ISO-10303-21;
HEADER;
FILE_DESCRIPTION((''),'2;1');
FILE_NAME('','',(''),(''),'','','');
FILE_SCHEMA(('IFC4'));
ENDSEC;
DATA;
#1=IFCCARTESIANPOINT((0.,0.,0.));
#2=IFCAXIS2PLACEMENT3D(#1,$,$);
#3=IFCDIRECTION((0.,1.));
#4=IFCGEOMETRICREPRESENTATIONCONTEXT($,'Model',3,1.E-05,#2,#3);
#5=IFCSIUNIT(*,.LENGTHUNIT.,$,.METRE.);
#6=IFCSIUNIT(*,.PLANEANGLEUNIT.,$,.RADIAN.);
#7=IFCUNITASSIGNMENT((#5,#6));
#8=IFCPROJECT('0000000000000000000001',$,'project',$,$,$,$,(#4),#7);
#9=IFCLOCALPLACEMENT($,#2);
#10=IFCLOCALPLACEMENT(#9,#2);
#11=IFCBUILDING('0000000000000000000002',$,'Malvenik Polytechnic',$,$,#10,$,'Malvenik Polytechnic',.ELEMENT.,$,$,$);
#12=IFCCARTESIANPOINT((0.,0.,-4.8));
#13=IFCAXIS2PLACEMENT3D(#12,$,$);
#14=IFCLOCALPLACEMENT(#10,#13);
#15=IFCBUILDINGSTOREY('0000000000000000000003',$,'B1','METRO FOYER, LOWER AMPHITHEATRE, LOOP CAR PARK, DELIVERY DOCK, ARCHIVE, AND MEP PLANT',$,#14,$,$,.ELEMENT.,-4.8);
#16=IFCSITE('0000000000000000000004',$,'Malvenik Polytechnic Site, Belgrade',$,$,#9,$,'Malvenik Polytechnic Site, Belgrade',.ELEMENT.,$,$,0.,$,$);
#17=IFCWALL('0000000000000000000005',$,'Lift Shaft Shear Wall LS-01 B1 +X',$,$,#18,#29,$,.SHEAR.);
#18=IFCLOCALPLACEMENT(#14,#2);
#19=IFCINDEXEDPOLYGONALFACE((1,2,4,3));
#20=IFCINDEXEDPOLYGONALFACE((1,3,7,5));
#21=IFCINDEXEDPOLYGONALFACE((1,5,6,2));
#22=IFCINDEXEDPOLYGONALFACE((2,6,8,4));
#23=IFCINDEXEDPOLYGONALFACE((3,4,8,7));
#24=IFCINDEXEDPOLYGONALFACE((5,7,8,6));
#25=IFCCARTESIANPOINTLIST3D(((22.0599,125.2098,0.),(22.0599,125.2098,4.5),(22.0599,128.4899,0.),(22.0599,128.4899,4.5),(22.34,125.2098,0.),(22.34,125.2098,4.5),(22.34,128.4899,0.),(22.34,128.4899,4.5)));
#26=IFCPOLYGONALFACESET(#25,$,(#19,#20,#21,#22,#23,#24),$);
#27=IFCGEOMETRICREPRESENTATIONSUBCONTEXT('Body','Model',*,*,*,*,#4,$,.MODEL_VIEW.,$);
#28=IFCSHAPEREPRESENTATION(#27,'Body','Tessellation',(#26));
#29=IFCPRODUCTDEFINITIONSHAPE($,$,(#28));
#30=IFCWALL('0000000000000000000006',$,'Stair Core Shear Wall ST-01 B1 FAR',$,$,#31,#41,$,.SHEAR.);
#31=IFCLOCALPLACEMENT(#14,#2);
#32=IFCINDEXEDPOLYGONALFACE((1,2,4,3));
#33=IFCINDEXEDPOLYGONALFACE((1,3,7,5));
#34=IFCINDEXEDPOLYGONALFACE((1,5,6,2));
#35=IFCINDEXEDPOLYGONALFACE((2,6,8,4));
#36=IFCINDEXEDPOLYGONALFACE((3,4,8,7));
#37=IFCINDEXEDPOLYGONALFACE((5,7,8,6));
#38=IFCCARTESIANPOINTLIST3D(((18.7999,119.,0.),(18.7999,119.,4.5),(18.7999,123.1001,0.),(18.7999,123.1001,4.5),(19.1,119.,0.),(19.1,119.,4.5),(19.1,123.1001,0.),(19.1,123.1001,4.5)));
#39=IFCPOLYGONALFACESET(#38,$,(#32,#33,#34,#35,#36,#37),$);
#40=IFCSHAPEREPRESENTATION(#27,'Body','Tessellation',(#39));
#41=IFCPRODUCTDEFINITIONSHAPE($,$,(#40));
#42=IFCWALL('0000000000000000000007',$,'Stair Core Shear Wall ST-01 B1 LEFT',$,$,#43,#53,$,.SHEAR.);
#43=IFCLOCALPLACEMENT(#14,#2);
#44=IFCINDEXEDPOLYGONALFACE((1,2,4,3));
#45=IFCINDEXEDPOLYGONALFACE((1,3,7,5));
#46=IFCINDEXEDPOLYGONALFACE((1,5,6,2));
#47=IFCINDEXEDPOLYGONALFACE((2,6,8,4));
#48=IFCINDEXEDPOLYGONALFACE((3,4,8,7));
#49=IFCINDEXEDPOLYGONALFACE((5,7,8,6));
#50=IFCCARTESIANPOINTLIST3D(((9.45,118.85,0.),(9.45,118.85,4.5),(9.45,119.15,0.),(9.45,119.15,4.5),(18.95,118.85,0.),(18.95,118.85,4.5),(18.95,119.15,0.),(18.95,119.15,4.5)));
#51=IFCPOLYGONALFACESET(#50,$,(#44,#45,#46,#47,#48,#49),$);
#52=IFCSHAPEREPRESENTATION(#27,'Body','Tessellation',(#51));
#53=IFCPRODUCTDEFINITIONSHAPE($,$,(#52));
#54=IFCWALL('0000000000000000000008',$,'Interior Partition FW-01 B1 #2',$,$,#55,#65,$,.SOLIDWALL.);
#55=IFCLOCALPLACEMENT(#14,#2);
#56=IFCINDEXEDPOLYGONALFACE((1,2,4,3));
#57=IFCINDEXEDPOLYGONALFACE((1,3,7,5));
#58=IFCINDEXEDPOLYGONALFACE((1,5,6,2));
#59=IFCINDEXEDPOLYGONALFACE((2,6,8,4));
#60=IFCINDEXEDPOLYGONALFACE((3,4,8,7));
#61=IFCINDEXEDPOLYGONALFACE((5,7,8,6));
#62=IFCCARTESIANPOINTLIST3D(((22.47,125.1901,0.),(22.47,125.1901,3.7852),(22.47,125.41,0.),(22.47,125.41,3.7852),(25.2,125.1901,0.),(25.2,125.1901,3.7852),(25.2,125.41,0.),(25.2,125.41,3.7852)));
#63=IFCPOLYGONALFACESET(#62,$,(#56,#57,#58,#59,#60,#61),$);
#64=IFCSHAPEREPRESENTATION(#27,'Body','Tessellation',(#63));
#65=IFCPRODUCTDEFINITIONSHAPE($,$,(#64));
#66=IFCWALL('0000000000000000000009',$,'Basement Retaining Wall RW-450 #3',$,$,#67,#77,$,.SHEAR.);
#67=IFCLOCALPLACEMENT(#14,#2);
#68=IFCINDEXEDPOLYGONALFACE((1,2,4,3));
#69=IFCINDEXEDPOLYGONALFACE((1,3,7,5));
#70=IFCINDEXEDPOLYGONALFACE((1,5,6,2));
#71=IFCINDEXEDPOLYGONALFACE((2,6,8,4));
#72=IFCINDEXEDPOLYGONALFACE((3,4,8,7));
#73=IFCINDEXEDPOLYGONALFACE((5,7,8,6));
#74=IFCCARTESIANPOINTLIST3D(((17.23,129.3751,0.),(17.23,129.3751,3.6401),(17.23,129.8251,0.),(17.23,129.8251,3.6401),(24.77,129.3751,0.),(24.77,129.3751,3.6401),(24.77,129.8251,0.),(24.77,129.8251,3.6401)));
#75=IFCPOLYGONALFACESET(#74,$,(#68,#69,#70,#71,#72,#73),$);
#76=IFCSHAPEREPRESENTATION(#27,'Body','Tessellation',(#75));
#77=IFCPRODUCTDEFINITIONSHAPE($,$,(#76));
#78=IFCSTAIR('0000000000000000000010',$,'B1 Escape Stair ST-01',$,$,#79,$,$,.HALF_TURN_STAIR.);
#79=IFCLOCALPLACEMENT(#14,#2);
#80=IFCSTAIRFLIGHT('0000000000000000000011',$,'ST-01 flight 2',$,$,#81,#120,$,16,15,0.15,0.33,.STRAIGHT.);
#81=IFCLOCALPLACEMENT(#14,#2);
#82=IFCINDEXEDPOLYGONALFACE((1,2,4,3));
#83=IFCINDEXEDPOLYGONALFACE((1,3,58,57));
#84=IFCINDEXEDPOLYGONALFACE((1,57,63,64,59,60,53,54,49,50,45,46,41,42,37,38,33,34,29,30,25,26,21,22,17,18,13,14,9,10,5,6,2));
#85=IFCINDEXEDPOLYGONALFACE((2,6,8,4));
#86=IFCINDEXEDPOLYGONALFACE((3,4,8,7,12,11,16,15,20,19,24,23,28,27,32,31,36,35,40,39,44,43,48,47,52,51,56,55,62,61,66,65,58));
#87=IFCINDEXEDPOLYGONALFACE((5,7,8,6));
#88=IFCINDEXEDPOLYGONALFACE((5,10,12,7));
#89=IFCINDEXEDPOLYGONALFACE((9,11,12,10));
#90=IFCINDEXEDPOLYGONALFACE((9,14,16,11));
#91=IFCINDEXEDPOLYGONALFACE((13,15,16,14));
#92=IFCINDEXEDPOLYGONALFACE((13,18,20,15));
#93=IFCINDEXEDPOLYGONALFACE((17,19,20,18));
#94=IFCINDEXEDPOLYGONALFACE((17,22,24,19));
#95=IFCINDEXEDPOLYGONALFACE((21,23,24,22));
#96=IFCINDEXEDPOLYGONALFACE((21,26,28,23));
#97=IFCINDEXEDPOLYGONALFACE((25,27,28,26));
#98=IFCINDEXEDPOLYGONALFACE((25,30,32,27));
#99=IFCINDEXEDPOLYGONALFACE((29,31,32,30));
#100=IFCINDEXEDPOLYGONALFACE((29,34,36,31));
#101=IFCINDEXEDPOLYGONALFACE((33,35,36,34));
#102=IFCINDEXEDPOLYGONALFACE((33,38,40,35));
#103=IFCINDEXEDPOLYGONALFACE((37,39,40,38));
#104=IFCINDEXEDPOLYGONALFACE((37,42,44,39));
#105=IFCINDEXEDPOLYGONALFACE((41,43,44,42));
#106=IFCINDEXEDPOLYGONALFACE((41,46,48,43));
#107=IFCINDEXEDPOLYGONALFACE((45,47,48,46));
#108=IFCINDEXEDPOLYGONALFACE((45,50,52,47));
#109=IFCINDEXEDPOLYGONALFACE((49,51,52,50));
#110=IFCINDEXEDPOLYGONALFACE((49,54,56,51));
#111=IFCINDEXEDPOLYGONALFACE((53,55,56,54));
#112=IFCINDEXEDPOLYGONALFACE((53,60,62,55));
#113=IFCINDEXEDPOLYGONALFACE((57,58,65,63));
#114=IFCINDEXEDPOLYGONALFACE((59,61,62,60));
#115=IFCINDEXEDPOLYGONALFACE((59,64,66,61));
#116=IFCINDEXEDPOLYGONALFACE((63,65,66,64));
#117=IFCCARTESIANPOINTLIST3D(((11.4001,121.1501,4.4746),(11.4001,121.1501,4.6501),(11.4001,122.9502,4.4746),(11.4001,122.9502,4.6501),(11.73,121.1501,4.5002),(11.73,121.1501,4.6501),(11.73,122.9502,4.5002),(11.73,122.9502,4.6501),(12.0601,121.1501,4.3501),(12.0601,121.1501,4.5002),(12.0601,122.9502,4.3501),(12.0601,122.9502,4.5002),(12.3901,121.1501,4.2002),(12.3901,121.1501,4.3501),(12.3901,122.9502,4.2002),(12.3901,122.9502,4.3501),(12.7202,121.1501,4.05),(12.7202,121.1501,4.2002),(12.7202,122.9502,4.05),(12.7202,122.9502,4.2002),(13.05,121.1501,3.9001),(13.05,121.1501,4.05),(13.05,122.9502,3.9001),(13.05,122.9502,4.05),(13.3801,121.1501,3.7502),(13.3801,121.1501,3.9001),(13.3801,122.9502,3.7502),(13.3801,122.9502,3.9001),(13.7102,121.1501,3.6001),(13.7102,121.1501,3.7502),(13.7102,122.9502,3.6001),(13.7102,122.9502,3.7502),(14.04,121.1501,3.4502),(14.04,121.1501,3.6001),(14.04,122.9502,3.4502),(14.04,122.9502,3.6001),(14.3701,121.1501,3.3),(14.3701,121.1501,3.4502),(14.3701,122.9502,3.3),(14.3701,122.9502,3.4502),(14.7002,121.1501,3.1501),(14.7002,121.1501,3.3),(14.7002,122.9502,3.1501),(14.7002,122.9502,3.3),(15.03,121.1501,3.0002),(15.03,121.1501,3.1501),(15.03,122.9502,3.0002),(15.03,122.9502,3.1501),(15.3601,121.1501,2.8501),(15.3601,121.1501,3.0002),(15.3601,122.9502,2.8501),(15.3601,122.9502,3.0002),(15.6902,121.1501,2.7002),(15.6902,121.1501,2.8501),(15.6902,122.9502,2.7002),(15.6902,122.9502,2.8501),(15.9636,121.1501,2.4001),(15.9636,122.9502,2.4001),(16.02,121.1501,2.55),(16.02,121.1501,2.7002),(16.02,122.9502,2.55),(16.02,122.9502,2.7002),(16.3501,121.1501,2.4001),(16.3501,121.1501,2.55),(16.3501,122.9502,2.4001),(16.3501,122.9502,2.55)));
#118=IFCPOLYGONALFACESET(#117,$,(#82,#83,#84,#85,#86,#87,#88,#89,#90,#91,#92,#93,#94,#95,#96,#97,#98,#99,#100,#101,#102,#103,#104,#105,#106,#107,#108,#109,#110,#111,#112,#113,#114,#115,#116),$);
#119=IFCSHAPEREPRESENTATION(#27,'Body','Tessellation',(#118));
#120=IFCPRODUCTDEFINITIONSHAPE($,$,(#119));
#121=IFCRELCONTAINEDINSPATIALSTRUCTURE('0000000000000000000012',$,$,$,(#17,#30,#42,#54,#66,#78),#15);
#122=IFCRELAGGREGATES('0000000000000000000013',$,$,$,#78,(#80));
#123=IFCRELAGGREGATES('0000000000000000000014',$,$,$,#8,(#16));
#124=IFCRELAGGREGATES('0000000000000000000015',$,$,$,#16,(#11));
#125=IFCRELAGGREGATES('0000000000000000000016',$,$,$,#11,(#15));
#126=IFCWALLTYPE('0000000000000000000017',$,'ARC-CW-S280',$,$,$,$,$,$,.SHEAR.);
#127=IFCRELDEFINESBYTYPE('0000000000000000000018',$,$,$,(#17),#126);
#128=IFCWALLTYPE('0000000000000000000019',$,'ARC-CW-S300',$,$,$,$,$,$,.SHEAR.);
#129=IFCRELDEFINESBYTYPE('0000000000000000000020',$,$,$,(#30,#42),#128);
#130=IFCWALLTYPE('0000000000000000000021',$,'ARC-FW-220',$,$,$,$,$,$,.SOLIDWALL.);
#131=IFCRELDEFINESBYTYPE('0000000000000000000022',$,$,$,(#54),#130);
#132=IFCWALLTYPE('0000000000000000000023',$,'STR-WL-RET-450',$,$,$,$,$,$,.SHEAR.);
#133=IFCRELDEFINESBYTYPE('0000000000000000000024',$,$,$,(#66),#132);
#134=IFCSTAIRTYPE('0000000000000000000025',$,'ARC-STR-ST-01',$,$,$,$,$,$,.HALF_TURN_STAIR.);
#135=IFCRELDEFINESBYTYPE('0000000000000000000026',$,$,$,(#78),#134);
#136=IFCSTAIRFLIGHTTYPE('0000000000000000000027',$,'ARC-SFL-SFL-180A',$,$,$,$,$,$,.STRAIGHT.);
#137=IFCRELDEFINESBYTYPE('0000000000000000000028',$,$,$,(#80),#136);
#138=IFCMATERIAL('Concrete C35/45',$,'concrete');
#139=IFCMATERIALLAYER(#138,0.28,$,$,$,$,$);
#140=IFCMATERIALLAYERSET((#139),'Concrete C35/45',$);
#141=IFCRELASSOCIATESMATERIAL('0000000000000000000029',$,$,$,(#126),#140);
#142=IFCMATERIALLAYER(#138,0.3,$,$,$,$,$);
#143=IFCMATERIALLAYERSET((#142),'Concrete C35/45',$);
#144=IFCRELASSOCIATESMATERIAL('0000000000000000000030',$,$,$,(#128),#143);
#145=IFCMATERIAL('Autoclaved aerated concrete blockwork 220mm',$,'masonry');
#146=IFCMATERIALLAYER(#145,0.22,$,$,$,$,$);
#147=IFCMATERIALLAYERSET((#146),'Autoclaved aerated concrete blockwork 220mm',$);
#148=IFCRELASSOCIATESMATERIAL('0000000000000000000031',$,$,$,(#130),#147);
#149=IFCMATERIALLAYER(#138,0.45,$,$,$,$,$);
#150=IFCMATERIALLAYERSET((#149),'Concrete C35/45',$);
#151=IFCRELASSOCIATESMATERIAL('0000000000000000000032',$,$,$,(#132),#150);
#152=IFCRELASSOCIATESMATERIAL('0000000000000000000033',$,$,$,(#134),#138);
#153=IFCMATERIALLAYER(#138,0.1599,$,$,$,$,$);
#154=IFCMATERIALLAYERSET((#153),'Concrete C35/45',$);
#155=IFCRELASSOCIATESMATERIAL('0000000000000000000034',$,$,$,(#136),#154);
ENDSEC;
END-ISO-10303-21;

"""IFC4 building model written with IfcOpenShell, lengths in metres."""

from ifc_helpers import new_model, si_unit, direction, frame, frame_2d, origin, place, context, subcontext, project, spatial, polyline, rectangle, outline, extrude, material, layer, layer_set, type_object, element, aggregate, save


model = new_model("IFC4")

# Units and contexts
model_context = context("Model", 3, precision=1e-05, world=origin(), true_north=direction((0.0, 1.0)))
body_context = subcontext(model_context, "Body", "Model", "MODEL_VIEW")
ifc_project = project(units=[si_unit("LENGTHUNIT", "METRE"), si_unit("PLANEANGLEUNIT", "RADIAN")], contexts=[model_context])

# Site, building, storey
site_placement = place(None, origin())
site = spatial("IfcSite", under=ifc_project, at=site_placement, Name="Malvenik Polytechnic Site, Belgrade", LongName="Malvenik Polytechnic Site, Belgrade", CompositionType="ELEMENT", RefElevation=0.0)
building_placement = place(site_placement, origin())
building = spatial("IfcBuilding", under=site, at=building_placement, Name="Malvenik Polytechnic", LongName="Malvenik Polytechnic", CompositionType="ELEMENT")
storey_placement = place(building_placement, frame((0.0, 0.0, -4.8)))
storey = spatial("IfcBuildingStorey", under=building, at=storey_placement, Name="B1", Description="METRO FOYER, LOWER AMPHITHEATRE, LOOP CAR PARK, DELIVERY DOCK, ARCHIVE, AND MEP PLANT", CompositionType="ELEMENT", Elevation=-4.8)

# Shared definitions
ifc_material_1 = material(Name="Concrete C35/45", Category="concrete")

# Shared definitions
ifc_layer_1 = layer(ifc_material_1, 0.28)
ifc_layer_set_1 = layer_set([ifc_layer_1], Name="Concrete C35/45")
wall_type_1 = type_object("IfcWallType", Name="ARC-CW-S280", PredefinedType="SHEAR", material=ifc_layer_set_1)

# Walls
for number, where, z_axis, x_axis, name in (
    (1, (22.2, 128.49, 0.0), (0.0, 0.0, 1.0), (0.0, -1.0, 0.0), "Lift Shaft Shear Wall LS-01 B1 +X"),
):
    element("IfcWall", number, at=place(storey_placement, frame(where, z_axis=z_axis, x_axis=x_axis)), inside=storey, type_object=wall_type_1, Name=name, PredefinedType="SHEAR", context=body_context, shape_type="SweptSolid", body=[
        extrude(rectangle(XDim=3.28, YDim=0.28, at=frame_2d((1.6401, 0.0))), origin(), (0.0, 0.0, 1.0), 4.5),
    ])
ifc_layer_2 = layer(ifc_material_1, 0.3)
ifc_layer_set_2 = layer_set([ifc_layer_2], Name="Concrete C35/45")
wall_type_2 = type_object("IfcWallType", Name="ARC-CW-S300", PredefinedType="SHEAR", material=ifc_layer_set_2)
wall_1_placement = place(storey_placement, frame((18.95, 123.1001, 0.0), z_axis=(0.0, 0.0, 1.0), x_axis=(0.0, -1.0, 0.0)))
element("IfcWall", 2, at=wall_1_placement, inside=storey, type_object=wall_type_2, Name="Stair Core Shear Wall ST-01 B1 FAR", PredefinedType="SHEAR", context=body_context, shape_type="SweptSolid", body=[
    extrude(rectangle(XDim=4.1001, YDim=0.3, at=frame_2d((2.05, 0.0))), origin(), (0.0, 0.0, 1.0), 4.5),
])
wall_2_placement = place(storey_placement, frame((18.95, 119.0, 0.0), z_axis=(0.0, 0.0, 1.0), x_axis=(-1.0, 0.0, 0.0)))
element("IfcWall", 3, at=wall_2_placement, inside=storey, type_object=wall_type_2, Name="Stair Core Shear Wall ST-01 B1 LEFT", PredefinedType="SHEAR", context=body_context, shape_type="SweptSolid", body=[
    extrude(rectangle(XDim=9.5, YDim=0.3, at=frame_2d((4.75, 0.0))), origin(), (0.0, 0.0, 1.0), 4.5),
])
ifc_material_2 = material(Name="Autoclaved aerated concrete blockwork 220mm", Category="masonry")
ifc_layer_3 = layer(ifc_material_2, 0.22)
ifc_layer_set_3 = layer_set([ifc_layer_3], Name="Autoclaved aerated concrete blockwork 220mm")
wall_type_3 = type_object("IfcWallType", Name="ARC-FW-220", PredefinedType="SOLIDWALL", material=ifc_layer_set_3)
wall_3_placement = place(storey_placement, frame((22.47, 125.3, 0.0), z_axis=(0.0, 0.0, 1.0), x_axis=(1.0, 0.0, 0.0)))
element("IfcWall", 4, at=wall_3_placement, inside=storey, type_object=wall_type_3, Name="Interior Partition FW-01 B1 #2", PredefinedType="SOLIDWALL", context=body_context, shape_type="SweptSolid", body=[
    extrude(rectangle(XDim=2.73, YDim=0.22, at=frame_2d((1.365, 0.0))), origin(), (0.0, 0.0, 1.0), 3.7852),
])
ifc_layer_4 = layer(ifc_material_1, 0.45)
ifc_layer_set_4 = layer_set([ifc_layer_4], Name="Concrete C35/45")
wall_type_4 = type_object("IfcWallType", Name="STR-WL-RET-450", PredefinedType="SHEAR", material=ifc_layer_set_4)
wall_4_placement = place(storey_placement, frame((17.23, 129.6001, 0.0), z_axis=(0.0, 0.0, 1.0), x_axis=(1.0, 0.0, 0.0)))
element("IfcWall", 5, at=wall_4_placement, inside=storey, type_object=wall_type_4, Name="Basement Retaining Wall RW-450 #3", PredefinedType="SHEAR", context=body_context, shape_type="SweptSolid", body=[
    extrude(rectangle(XDim=7.54, YDim=0.45, at=frame_2d((3.77, 0.0))), origin(), (0.0, 0.0, 1.0), 3.6401),
])

# Stair, stair flight
stair_type = type_object("IfcStairType", Name="ARC-STR-ST-01", PredefinedType="HALF_TURN_STAIR", material=ifc_material_1)
stair_placement = place(storey_placement, origin())
stair = element("IfcStair", 6, at=stair_placement, inside=storey, type_object=stair_type, Name="B1 Escape Stair ST-01", PredefinedType="HALF_TURN_STAIR")
ifc_layer_5 = layer(ifc_material_1, 0.1599)
ifc_layer_set_5 = layer_set([ifc_layer_5], Name="Concrete C35/45")
stair_flight_type = type_object("IfcStairFlightType", Name="ARC-SFL-SFL-180A", PredefinedType="STRAIGHT", material=ifc_layer_set_5)
stair_flight_placement = place(storey_placement, frame((16.3501, 122.05, 2.4001), z_axis=(0.0, 0.0, 1.0), x_axis=(-1.0, 0.0, 0.0)))
stair_flight = element("IfcStairFlight", 7, at=stair_flight_placement, type_object=stair_flight_type, Name="ST-01 flight 2", NumberOfRisers=16, NumberOfTreads=15, PredefinedType="STRAIGHT", RiserHeight=0.15, TreadLength=0.33, context=body_context, shape_type="SweptSolid", body=[
    extrude(outline(polyline([(0.0, 0.0), (0.0, 0.1499), (0.3301, 0.1499), (0.3301, 0.3), (0.6599, 0.3), (0.6599, 0.45), (0.99, 0.45), (0.99, 0.6001), (1.3201, 0.6001), (1.3201, 0.75), (1.6499, 0.75), (1.6499, 0.8999), (1.98, 0.8999), (1.98, 1.05), (2.3101, 1.05), (2.3101, 1.2), (2.6399, 1.2), (2.6399, 1.3501), (2.97, 1.3501), (2.97, 1.5), (3.3, 1.5), (3.3, 1.6499), (3.6299, 1.6499), (3.6299, 1.8), (3.96, 1.8), (3.96, 1.95), (4.29, 1.95), (4.29, 2.1001), (4.6201, 2.1001), (4.6201, 2.25), (4.95, 2.25), (4.95, 2.3999), (4.95, 2.0745), (0.3865, 0.0), (0.0, 0.0)])), frame((0.0, 0.8999, 0.0), z_axis=(0.0, -1.0, 0.0), x_axis=(1.0, 0.0, 0.0)), (0.0, 0.0, 1.0), 1.8),
])
aggregate(stair, [stair_flight])

save(model, "model.ifc")
